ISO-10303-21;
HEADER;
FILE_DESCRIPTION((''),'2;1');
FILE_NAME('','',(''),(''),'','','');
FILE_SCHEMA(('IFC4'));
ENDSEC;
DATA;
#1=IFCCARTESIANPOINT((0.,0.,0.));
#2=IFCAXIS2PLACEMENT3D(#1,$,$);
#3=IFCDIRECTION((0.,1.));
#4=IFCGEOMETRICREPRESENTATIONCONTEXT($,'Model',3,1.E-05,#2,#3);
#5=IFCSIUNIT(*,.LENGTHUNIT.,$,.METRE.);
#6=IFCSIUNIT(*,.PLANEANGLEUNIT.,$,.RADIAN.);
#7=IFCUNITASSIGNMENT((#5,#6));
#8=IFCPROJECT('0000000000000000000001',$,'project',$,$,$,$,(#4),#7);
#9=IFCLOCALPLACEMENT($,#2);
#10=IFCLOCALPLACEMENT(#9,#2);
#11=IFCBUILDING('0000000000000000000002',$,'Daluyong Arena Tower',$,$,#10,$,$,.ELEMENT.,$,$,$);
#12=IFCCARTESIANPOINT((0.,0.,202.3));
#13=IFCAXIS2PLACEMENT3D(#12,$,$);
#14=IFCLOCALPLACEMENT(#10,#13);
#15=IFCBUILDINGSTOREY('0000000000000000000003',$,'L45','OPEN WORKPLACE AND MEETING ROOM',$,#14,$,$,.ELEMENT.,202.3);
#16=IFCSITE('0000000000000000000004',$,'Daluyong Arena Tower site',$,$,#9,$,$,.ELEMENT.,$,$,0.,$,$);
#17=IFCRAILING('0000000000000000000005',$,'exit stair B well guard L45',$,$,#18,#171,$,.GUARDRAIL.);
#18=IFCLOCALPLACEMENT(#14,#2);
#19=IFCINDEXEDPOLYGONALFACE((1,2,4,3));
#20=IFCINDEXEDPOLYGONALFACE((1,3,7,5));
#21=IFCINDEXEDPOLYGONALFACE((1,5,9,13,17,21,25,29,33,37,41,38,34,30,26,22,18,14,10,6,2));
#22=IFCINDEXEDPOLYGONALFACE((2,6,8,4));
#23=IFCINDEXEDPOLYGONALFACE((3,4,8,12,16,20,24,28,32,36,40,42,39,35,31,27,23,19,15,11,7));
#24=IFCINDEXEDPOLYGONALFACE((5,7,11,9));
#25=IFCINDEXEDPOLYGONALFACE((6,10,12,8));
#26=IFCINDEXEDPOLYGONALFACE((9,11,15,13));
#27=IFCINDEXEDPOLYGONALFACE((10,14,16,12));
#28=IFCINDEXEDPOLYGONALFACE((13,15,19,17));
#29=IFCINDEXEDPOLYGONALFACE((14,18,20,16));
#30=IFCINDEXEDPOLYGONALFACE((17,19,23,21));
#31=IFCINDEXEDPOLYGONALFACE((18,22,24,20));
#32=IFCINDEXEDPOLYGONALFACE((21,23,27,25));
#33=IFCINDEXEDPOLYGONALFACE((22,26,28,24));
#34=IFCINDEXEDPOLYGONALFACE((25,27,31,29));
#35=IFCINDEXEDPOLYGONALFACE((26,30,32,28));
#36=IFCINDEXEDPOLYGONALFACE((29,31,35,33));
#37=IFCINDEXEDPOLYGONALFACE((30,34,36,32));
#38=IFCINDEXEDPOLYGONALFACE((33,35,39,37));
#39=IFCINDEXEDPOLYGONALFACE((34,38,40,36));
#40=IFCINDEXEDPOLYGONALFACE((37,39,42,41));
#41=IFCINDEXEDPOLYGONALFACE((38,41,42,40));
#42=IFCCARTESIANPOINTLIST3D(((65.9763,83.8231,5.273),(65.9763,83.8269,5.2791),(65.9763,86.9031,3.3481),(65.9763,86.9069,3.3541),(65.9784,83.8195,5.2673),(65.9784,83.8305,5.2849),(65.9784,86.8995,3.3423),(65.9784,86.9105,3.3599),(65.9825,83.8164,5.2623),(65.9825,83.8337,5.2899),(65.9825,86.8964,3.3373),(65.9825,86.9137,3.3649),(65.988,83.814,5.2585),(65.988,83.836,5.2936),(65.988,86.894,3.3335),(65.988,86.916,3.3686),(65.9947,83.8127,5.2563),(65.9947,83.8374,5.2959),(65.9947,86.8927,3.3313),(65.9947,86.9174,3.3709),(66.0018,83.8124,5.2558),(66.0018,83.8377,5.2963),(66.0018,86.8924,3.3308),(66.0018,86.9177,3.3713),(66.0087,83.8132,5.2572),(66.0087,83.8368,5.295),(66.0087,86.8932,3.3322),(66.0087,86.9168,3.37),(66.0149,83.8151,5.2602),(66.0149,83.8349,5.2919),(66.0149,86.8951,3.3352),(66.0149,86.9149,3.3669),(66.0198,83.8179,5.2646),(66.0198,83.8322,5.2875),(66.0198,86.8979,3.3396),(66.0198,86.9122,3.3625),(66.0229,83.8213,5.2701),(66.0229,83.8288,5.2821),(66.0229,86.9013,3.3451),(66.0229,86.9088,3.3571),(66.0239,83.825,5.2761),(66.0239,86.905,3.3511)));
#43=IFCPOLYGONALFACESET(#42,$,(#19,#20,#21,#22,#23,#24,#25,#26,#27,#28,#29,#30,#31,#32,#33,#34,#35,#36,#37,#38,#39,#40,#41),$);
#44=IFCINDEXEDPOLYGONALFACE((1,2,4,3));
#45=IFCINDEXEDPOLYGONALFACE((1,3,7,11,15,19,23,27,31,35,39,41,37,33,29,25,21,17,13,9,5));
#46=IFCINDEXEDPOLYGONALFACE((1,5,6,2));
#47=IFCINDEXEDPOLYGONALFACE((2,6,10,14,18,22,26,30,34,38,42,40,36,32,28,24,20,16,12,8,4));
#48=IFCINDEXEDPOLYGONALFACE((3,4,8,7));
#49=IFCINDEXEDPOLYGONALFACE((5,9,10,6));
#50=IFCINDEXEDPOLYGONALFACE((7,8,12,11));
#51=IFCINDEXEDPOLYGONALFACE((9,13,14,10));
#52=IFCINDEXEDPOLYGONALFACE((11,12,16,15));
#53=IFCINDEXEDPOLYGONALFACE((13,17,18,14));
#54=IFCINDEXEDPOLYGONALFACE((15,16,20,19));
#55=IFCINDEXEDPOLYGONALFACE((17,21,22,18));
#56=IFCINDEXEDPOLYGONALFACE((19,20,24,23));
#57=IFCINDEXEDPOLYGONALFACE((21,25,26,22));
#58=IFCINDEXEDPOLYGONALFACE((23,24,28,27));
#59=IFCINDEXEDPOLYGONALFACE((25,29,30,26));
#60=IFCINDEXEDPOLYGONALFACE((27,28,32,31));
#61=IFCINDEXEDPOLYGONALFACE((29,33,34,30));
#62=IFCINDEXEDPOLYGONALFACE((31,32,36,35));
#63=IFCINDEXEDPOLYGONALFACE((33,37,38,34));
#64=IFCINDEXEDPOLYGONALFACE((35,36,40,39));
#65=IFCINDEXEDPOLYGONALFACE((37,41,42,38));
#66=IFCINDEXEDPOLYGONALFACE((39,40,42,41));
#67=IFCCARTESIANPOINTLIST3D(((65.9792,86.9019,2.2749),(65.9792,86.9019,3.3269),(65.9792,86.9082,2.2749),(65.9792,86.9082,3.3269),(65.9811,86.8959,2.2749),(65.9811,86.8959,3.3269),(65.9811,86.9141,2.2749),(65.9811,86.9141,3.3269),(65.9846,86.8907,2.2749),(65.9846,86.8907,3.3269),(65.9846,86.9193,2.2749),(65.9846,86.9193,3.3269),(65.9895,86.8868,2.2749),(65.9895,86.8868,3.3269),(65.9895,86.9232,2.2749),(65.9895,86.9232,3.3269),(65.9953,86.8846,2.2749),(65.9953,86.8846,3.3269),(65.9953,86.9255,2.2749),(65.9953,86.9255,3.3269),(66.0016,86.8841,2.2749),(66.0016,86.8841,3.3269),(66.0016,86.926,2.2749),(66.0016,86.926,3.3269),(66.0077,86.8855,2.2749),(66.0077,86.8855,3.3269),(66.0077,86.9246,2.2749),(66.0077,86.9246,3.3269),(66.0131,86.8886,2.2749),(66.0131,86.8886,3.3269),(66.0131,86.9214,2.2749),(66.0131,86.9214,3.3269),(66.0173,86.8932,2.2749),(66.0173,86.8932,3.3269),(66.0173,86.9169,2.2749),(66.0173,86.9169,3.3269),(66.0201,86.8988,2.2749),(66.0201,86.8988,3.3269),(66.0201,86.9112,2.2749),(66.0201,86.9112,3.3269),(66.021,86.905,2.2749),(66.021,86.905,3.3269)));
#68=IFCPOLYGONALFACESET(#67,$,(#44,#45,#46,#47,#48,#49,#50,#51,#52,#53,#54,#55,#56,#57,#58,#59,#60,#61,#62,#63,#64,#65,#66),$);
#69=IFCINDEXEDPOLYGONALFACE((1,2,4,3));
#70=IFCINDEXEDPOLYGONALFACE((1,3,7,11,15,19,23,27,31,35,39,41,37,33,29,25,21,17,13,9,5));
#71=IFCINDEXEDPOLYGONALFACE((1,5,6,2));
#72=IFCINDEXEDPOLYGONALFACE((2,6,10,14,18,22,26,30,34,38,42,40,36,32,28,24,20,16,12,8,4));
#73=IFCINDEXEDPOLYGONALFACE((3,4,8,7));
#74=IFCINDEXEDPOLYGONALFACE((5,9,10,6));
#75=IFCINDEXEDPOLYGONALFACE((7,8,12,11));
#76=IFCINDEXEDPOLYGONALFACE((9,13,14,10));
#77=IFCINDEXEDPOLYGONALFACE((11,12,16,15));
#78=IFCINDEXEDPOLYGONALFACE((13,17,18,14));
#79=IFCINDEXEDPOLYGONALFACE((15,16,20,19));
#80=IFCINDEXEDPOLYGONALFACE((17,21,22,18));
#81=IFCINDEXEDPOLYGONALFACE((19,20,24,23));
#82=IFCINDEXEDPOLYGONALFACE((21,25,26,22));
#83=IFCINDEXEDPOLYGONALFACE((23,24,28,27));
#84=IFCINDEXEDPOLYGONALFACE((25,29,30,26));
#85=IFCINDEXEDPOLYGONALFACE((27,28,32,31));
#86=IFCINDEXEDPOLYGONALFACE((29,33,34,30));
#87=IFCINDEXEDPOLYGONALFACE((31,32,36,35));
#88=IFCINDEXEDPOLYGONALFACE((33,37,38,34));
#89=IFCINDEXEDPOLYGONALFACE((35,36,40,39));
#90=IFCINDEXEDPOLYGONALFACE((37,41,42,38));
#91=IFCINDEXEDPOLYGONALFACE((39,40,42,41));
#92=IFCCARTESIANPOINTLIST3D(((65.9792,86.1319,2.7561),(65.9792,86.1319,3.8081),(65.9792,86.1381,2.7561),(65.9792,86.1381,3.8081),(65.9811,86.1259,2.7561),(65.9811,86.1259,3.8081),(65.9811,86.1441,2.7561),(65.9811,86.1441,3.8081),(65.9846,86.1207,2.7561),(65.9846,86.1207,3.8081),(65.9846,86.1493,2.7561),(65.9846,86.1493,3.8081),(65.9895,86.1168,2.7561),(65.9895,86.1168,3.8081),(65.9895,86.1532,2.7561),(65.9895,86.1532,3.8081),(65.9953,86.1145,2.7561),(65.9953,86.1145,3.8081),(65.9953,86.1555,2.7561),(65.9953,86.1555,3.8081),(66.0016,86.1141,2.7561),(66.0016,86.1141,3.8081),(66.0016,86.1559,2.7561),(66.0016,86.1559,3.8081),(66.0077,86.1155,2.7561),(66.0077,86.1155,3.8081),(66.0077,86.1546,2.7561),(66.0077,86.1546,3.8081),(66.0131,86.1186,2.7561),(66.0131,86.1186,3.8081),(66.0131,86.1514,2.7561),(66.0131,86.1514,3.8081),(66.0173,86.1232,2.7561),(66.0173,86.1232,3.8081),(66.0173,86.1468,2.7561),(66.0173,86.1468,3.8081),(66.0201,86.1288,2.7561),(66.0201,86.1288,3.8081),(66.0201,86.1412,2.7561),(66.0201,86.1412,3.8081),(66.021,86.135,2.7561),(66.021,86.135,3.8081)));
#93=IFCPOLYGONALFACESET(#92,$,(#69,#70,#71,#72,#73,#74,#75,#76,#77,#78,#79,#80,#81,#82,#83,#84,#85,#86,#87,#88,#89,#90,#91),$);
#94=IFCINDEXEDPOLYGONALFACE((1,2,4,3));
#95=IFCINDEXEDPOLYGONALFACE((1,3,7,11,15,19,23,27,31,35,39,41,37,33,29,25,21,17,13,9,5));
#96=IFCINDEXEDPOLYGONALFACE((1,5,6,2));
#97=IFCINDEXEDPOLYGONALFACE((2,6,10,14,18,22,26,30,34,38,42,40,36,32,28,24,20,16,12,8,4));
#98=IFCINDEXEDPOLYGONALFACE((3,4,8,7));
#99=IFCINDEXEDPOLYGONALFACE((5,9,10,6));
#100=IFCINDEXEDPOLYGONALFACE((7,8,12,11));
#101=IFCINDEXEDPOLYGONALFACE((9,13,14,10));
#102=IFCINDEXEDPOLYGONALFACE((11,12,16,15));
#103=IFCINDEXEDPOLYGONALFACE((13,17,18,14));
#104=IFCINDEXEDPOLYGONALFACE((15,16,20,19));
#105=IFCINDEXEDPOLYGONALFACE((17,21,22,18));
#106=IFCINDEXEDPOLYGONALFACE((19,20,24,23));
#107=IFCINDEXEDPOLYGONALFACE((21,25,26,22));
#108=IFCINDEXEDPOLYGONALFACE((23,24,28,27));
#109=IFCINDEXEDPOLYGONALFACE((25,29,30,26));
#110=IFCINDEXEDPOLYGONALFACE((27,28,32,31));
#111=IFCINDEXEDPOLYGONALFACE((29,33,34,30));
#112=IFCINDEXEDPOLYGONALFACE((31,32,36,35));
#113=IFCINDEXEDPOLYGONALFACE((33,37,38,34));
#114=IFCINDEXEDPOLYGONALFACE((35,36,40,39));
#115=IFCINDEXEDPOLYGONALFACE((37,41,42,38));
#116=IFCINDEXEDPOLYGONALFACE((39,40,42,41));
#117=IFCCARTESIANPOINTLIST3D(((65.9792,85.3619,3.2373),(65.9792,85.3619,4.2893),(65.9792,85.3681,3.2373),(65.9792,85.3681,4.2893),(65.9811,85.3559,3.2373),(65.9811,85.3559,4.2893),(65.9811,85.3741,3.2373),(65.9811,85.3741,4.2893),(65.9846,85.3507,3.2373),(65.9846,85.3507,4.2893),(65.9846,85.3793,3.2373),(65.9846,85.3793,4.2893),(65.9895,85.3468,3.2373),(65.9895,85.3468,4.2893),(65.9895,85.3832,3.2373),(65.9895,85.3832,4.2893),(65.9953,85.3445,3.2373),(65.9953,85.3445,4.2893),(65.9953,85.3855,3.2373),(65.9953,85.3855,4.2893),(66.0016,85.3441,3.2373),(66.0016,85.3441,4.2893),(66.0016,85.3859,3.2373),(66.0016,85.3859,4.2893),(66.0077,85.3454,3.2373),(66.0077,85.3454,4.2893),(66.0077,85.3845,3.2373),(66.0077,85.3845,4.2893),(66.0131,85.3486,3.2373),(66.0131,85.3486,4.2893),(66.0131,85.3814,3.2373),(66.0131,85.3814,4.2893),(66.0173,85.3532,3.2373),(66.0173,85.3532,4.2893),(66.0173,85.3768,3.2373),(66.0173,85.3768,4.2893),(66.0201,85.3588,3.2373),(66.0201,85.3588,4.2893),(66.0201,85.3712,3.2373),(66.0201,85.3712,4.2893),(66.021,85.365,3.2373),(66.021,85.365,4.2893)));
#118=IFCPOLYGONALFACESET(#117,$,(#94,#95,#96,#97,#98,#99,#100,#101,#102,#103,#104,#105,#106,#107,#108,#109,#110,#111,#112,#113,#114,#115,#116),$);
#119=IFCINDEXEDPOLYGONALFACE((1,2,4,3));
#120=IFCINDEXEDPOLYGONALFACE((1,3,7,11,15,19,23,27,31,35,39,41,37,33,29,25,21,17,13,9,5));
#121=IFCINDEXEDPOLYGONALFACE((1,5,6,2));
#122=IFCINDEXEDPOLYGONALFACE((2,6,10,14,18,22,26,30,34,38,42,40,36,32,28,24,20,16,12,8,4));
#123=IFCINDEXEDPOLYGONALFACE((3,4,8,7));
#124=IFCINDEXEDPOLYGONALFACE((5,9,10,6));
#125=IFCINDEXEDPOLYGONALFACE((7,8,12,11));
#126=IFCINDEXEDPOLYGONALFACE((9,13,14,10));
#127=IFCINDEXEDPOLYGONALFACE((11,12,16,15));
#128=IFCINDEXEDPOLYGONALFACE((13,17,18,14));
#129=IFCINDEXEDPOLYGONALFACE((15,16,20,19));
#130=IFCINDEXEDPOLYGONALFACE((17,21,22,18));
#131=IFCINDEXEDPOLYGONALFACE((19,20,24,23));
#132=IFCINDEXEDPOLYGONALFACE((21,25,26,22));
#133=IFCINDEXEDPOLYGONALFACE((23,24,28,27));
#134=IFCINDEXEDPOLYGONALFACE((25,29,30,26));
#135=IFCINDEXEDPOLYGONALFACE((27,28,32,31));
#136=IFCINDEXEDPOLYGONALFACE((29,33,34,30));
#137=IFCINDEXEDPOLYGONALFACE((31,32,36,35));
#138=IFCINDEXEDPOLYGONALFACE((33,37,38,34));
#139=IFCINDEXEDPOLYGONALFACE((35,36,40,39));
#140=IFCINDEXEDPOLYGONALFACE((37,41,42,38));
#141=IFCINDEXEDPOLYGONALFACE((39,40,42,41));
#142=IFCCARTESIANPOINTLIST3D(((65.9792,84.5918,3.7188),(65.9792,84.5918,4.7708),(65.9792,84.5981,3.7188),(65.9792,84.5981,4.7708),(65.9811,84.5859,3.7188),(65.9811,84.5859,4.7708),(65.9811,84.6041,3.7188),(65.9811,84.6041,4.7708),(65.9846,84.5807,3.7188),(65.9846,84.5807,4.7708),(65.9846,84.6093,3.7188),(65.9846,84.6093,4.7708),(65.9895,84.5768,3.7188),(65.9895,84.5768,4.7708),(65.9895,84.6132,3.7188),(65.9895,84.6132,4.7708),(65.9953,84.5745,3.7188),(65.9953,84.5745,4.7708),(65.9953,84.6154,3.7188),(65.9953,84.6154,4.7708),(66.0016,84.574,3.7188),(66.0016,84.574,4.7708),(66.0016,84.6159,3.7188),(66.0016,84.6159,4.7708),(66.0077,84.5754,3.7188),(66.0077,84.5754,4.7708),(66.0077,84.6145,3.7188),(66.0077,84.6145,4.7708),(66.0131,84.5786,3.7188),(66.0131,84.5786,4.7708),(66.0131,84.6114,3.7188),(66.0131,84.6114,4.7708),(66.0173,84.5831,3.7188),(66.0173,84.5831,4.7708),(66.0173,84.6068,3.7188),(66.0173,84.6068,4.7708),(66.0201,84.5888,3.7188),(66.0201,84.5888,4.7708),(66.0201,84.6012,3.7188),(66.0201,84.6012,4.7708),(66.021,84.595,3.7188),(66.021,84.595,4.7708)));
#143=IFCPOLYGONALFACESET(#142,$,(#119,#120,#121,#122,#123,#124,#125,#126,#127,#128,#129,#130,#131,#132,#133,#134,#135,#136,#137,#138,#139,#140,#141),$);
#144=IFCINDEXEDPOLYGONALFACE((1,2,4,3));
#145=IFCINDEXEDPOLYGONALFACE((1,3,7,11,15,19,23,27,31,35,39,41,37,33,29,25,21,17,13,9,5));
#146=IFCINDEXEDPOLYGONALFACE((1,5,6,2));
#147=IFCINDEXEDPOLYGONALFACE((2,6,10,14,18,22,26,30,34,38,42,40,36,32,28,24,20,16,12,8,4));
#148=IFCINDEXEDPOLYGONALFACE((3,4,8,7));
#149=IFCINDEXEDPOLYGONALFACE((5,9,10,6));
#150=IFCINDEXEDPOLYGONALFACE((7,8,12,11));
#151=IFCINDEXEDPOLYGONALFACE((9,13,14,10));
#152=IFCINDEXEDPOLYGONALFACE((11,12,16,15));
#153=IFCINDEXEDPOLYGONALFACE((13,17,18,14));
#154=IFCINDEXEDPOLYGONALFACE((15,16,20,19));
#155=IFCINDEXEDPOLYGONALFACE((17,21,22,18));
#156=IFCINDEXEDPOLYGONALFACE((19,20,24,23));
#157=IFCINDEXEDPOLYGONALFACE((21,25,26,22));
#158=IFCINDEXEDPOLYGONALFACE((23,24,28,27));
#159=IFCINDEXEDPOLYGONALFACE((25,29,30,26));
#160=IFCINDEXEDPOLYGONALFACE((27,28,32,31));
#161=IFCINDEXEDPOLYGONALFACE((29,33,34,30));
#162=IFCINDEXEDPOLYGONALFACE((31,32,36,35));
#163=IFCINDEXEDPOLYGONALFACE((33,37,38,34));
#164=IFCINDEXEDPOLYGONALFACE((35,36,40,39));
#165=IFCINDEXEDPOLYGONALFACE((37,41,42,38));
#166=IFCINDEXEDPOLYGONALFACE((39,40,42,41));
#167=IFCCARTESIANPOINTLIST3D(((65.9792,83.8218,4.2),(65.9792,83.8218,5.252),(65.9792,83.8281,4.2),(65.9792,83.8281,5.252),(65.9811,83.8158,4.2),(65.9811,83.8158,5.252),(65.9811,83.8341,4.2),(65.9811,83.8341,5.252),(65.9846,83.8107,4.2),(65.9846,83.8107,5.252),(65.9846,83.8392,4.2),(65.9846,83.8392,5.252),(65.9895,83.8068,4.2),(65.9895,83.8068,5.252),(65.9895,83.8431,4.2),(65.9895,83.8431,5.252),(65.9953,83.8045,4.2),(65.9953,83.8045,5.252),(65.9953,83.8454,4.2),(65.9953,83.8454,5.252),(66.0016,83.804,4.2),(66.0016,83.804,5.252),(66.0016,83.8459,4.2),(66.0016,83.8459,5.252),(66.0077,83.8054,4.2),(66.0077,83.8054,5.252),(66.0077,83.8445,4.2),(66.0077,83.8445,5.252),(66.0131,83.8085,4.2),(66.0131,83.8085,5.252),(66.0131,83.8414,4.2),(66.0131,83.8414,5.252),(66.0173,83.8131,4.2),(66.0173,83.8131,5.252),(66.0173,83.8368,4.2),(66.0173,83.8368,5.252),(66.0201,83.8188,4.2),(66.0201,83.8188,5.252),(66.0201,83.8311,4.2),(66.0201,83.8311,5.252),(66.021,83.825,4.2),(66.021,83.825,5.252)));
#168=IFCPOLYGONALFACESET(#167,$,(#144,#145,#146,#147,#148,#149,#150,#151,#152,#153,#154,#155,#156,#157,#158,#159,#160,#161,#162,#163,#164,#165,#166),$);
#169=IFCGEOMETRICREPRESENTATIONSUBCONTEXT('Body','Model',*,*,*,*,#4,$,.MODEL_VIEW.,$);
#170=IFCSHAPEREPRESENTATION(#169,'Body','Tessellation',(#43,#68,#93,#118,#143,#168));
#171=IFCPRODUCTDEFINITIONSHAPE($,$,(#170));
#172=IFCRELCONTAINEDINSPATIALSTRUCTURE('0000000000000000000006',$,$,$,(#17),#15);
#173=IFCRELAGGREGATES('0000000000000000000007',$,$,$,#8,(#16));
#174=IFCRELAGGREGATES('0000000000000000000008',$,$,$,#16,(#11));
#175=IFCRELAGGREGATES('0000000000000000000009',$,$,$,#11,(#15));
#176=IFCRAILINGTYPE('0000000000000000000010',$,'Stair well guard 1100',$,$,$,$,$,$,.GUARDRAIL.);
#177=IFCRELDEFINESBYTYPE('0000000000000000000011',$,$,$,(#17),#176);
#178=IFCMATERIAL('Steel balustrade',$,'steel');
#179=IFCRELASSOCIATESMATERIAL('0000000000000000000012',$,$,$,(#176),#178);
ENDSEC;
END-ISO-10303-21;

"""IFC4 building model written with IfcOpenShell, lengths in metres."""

from ifc_helpers import new_model, si_unit, direction, frame, origin, origin_2d, place, context, subcontext, project, spatial, circle, extrude, material, type_object, element, save


model = new_model("IFC4")

# Units and contexts
model_context = context("Model", 3, precision=1e-05, world=origin(), true_north=direction((0.0, 1.0)))
body_context = subcontext(model_context, "Body", "Model", "MODEL_VIEW")
ifc_project = project(units=[si_unit("LENGTHUNIT", "METRE"), si_unit("PLANEANGLEUNIT", "RADIAN")], contexts=[model_context])

# Site, building, storey
site_placement = place(None, origin())
site = spatial("IfcSite", under=ifc_project, at=site_placement, Name="Daluyong Arena Tower site", CompositionType="ELEMENT", RefElevation=0.0)
building_placement = place(site_placement, origin())
building = spatial("IfcBuilding", under=site, at=building_placement, Name="Daluyong Arena Tower", CompositionType="ELEMENT")
storey_placement = place(building_placement, frame((0.0, 0.0, 202.3)))
storey = spatial("IfcBuildingStorey", under=building, at=storey_placement, Name="L45", Description="OPEN WORKPLACE AND MEETING ROOM", CompositionType="ELEMENT", Elevation=202.3)

# Railing
ifc_material_1 = material(Name="Steel balustrade", Category="steel")
railing_type_1 = type_object("IfcRailingType", Name="Stair well guard 1100", PredefinedType="GUARDRAIL", material=ifc_material_1)
railing_1_placement = place(storey_placement, frame((66.0, 86.905, 2.2749)))
element("IfcRailing", 1, at=railing_1_placement, inside=storey, type_object=railing_type_1, Name="exit stair B well guard L45", PredefinedType="GUARDRAIL", context=body_context, shape_type="SweptSolid", body=[
    extrude(circle(Radius=0.0239, at=origin_2d()), frame((0.0, 0.0, 1.0762), z_axis=(0.0, -0.847998, 0.529999), x_axis=(1.0, 0.0, 0.0)), (0.0, 0.0, 1.0), 3.6321),
    extrude(circle(Radius=0.021, at=origin_2d()), origin(), (0.0, 0.0, 1.0), 1.052),
    extrude(circle(Radius=0.021, at=origin_2d()), frame((0.0, -0.77, 0.4812)), (0.0, 0.0, 1.0), 1.052),
    extrude(circle(Radius=0.021, at=origin_2d()), frame((0.0, -1.54, 0.9624)), (0.0, 0.0, 1.0), 1.052),
    extrude(circle(Radius=0.021, at=origin_2d()), frame((0.0, -2.3101, 1.4438)), (0.0, 0.0, 1.0), 1.052),
    extrude(circle(Radius=0.021, at=origin_2d()), frame((0.0, -3.0801, 1.925)), (0.0, 0.0, 1.0), 1.052),
])

save(model, "model.ifc")
